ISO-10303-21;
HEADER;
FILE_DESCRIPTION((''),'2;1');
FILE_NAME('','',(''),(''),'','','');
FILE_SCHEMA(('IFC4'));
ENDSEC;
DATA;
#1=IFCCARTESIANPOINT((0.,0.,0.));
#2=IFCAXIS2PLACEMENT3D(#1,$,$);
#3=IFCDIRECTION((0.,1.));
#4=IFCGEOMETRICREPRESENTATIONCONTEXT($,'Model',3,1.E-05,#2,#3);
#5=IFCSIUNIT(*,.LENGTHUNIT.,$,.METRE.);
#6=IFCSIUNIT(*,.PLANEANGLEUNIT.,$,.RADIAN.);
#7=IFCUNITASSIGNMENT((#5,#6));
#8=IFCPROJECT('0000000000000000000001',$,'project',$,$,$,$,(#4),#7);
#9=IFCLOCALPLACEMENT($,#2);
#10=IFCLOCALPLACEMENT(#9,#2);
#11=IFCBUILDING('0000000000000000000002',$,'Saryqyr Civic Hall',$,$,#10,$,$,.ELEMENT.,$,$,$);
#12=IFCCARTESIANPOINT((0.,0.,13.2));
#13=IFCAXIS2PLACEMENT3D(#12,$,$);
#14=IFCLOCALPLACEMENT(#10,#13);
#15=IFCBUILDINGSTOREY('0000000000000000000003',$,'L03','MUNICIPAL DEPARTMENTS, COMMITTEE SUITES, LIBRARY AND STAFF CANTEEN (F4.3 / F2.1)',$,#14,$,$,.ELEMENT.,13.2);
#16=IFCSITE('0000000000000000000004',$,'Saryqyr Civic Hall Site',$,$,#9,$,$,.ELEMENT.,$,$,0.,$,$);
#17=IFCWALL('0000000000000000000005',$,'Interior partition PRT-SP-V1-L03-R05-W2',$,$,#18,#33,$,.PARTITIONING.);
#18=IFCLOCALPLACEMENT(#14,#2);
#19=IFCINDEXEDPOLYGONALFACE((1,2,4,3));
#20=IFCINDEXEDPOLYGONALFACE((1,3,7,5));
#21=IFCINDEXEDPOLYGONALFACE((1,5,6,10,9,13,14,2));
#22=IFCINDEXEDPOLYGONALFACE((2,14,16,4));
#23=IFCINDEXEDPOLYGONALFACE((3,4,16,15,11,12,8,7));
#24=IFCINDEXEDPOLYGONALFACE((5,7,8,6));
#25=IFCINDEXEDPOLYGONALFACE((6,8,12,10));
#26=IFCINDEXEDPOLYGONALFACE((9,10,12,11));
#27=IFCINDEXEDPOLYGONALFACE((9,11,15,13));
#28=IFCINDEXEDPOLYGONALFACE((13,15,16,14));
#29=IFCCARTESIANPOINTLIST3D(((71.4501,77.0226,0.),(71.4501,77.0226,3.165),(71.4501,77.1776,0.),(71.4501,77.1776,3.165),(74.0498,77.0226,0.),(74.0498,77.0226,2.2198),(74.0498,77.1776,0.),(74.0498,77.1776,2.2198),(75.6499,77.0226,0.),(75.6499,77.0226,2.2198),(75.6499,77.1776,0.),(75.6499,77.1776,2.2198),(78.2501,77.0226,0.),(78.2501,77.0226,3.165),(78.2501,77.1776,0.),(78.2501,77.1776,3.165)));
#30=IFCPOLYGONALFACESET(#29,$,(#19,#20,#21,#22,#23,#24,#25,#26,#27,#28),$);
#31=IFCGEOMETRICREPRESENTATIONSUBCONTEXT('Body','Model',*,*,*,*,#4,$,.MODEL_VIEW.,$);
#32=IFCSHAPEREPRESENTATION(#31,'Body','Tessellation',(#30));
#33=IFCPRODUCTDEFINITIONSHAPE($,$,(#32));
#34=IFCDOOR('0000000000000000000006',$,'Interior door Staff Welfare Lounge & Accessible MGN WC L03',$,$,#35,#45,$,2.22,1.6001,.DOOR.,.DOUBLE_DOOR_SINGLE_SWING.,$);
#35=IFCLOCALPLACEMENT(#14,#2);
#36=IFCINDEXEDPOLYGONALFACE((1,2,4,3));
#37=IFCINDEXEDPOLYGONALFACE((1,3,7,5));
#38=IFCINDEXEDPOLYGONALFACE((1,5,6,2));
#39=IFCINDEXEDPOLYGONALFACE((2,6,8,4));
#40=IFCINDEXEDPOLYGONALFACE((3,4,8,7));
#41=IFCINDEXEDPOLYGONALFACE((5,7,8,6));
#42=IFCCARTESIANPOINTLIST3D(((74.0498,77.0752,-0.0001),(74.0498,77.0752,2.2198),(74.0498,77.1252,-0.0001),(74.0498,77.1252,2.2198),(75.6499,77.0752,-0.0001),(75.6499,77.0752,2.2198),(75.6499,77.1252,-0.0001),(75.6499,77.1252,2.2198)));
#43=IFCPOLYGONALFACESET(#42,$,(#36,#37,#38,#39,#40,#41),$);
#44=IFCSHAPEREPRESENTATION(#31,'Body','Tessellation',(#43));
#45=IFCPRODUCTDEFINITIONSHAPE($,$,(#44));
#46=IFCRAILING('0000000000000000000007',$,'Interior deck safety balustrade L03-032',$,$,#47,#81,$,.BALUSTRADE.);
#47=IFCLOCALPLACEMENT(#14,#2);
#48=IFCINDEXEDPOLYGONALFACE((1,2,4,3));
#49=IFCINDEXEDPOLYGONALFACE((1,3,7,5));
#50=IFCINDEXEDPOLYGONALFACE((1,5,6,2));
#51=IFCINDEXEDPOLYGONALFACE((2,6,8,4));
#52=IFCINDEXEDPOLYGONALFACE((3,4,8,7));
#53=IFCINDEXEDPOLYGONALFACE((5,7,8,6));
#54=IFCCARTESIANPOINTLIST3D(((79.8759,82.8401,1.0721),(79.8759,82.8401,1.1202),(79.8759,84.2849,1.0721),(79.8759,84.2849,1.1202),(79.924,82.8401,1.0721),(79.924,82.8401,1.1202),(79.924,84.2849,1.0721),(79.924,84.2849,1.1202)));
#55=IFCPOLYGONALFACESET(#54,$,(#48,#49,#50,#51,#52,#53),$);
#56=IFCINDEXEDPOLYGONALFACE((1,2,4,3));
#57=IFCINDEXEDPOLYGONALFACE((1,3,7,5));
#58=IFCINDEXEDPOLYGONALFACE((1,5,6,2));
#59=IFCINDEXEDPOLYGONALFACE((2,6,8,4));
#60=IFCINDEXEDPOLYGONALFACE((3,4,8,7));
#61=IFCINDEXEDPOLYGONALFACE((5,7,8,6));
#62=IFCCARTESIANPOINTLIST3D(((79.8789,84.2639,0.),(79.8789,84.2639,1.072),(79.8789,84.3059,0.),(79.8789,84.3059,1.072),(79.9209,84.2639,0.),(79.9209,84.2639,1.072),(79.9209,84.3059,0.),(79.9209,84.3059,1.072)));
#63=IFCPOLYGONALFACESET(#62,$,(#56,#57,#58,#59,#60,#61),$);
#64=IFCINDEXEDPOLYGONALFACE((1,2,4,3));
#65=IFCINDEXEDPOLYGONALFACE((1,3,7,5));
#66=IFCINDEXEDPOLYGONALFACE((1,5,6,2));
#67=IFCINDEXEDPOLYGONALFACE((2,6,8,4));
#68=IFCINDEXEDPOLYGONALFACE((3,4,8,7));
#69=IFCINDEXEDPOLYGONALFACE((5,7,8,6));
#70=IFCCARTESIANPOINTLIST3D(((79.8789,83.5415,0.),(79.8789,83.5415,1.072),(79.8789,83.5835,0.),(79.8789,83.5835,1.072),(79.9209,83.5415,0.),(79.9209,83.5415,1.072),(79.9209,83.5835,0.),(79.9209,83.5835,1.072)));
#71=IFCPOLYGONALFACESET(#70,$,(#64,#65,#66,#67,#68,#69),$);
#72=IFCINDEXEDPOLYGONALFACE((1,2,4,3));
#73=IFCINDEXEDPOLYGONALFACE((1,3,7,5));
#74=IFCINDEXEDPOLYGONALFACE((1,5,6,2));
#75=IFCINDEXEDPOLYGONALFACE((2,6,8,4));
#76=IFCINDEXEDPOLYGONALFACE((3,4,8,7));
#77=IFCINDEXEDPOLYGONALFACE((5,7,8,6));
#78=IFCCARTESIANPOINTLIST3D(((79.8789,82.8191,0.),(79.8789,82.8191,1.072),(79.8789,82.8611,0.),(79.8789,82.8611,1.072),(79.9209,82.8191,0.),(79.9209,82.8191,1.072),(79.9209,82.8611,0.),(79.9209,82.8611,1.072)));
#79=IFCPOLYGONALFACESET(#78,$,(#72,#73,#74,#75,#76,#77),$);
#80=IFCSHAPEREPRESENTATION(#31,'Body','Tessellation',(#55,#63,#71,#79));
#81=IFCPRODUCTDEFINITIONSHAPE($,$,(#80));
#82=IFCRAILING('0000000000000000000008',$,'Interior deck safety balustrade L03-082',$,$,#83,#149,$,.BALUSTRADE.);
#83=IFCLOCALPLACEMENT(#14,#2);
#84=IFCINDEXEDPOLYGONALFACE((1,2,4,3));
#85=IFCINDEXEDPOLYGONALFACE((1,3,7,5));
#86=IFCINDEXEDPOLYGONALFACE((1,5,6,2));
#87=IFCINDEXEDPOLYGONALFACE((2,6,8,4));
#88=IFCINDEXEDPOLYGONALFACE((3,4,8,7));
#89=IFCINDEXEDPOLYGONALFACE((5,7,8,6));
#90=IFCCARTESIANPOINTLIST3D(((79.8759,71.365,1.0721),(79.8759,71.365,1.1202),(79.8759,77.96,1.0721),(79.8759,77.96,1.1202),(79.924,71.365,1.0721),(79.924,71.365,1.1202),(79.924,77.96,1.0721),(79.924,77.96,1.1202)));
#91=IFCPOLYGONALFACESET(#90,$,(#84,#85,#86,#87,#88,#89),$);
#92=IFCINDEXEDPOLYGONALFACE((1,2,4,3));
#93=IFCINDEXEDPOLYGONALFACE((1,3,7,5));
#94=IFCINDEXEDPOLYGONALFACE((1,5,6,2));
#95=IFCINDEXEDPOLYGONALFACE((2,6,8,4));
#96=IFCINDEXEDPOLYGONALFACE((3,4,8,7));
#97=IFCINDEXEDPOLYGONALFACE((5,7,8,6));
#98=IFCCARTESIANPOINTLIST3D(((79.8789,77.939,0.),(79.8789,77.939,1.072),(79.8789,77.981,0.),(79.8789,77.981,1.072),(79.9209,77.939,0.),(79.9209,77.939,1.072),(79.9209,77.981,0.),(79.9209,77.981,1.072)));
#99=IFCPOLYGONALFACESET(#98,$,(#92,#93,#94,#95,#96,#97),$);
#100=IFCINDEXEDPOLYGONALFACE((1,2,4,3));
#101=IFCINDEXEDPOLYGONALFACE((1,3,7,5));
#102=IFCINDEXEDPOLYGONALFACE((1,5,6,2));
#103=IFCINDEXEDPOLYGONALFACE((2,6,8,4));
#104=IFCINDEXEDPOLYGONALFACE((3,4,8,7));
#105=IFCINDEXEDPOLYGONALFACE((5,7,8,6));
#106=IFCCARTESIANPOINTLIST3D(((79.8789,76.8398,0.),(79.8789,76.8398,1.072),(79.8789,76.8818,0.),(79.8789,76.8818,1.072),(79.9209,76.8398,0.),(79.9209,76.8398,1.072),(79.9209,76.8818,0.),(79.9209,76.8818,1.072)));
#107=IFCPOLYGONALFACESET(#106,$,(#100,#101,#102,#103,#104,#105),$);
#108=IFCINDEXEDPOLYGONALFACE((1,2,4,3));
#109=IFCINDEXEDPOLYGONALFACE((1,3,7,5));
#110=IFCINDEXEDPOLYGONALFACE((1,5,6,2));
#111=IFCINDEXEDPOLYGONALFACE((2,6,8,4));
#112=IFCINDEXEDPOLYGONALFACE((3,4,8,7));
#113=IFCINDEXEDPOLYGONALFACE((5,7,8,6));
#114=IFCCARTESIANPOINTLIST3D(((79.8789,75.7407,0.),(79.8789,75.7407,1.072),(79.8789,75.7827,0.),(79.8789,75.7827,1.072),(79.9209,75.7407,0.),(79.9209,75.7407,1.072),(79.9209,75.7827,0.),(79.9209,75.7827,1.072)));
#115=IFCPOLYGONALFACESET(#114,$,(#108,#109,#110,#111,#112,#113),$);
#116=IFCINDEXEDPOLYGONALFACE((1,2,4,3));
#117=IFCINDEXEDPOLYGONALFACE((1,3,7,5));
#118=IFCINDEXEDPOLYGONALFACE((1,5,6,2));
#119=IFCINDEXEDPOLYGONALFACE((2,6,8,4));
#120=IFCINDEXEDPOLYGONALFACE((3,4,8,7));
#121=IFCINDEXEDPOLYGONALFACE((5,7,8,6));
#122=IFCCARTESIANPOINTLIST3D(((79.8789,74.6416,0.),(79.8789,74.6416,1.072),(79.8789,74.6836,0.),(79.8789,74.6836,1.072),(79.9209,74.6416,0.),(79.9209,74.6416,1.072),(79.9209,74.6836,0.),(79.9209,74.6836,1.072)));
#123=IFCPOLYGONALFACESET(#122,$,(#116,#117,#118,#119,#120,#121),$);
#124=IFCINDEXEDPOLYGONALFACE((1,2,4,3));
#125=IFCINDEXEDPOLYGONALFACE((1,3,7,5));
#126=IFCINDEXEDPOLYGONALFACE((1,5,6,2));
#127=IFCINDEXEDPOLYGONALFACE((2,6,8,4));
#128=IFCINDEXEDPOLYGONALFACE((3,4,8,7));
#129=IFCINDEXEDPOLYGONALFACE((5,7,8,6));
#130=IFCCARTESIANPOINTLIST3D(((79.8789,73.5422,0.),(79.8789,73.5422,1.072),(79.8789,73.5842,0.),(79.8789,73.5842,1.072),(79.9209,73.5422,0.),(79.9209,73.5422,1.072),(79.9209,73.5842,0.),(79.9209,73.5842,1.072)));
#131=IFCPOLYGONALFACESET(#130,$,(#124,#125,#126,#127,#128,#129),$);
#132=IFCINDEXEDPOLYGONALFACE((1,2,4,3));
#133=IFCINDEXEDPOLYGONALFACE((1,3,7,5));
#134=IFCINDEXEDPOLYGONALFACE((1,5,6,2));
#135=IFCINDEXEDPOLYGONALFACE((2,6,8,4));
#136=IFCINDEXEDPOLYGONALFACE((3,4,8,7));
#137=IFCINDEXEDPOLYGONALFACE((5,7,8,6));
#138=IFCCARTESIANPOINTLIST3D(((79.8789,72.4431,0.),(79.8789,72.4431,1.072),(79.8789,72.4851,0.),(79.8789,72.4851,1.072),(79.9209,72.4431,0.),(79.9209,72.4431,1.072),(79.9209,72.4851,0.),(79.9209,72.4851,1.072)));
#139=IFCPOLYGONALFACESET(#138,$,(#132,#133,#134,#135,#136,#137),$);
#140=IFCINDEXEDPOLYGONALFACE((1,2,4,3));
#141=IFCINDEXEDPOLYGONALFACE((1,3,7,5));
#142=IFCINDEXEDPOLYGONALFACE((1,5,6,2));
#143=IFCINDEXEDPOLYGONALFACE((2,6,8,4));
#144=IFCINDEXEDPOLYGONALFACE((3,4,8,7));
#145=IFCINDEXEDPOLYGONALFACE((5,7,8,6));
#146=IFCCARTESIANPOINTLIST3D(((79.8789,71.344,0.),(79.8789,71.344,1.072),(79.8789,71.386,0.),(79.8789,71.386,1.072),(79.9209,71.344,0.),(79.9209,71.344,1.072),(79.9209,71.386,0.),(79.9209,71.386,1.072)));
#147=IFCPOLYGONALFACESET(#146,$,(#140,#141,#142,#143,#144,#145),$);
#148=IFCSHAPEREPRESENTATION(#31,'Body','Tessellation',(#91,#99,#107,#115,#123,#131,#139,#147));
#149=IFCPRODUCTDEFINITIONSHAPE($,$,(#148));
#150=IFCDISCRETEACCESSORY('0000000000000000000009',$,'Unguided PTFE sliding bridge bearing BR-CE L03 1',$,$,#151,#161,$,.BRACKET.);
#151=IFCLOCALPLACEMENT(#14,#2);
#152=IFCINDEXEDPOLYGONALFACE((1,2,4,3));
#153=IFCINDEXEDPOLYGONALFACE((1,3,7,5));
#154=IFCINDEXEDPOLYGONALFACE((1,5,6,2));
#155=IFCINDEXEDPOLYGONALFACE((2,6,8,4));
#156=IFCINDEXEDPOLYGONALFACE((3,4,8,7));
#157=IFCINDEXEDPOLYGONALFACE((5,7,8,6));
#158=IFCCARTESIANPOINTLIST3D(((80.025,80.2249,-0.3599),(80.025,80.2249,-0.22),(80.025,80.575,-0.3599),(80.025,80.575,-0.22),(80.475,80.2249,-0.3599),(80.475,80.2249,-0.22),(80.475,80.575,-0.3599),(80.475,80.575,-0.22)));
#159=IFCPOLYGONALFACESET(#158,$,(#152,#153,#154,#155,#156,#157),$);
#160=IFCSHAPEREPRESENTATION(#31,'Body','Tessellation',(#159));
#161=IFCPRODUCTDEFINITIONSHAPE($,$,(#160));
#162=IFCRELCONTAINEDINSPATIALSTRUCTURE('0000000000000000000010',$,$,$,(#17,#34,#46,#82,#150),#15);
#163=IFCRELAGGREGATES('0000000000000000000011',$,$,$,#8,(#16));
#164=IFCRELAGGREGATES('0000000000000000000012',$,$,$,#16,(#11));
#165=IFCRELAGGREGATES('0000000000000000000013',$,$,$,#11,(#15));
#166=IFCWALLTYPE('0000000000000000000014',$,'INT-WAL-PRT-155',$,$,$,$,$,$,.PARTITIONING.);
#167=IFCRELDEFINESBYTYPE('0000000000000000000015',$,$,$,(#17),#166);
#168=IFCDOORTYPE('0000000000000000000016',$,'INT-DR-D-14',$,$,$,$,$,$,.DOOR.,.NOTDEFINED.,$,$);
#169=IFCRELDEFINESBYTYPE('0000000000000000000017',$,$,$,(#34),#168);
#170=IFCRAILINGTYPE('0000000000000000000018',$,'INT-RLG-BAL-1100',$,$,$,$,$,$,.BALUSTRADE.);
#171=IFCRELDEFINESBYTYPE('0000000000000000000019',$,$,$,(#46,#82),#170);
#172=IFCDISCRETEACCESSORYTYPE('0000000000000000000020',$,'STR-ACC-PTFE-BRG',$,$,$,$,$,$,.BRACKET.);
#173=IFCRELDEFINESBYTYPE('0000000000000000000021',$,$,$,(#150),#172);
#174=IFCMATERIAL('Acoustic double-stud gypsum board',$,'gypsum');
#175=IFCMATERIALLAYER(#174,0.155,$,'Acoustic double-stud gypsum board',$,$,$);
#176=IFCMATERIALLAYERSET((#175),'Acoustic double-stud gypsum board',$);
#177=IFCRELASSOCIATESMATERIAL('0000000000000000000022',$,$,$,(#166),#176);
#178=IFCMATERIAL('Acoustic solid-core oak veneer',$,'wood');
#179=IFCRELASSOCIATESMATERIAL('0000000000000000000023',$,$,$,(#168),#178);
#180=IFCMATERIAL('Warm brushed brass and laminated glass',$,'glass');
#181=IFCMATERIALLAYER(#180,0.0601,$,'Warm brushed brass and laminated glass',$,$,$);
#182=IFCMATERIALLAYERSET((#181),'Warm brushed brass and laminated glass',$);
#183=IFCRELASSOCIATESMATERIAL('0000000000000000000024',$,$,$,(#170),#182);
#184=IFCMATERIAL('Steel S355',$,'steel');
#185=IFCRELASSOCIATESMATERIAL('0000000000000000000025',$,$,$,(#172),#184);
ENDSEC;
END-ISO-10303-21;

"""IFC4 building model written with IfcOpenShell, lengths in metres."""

from ifc_helpers import new_model, si_unit, direction, frame, frame_2d, origin, origin_2d, place, context, subcontext, project, spatial, rectangle, extrude, material, layer, layer_set, type_object, element, fill, save


model = new_model("IFC4")

# Units and contexts
model_context = context("Model", 3, precision=1e-05, world=origin(), true_north=direction((0.0, 1.0)))
body_context = subcontext(model_context, "Body", "Model", "MODEL_VIEW")
ifc_project = project(units=[si_unit("LENGTHUNIT", "METRE"), si_unit("PLANEANGLEUNIT", "RADIAN")], contexts=[model_context])

# Site, building, storey
site_placement = place(None, origin())
site = spatial("IfcSite", under=ifc_project, at=site_placement, Name="Saryqyr Civic Hall Site", CompositionType="ELEMENT", RefElevation=0.0)
building_placement = place(site_placement, origin())
building = spatial("IfcBuilding", under=site, at=building_placement, Name="Saryqyr Civic Hall", CompositionType="ELEMENT")
storey_placement = place(building_placement, frame((0.0, 0.0, 13.2)))
storey = spatial("IfcBuildingStorey", under=building, at=storey_placement, Name="L03", Description="MUNICIPAL DEPARTMENTS, COMMITTEE SUITES, LIBRARY AND STAFF CANTEEN (F4.3 / F2.1)", CompositionType="ELEMENT", Elevation=13.2)

# Shared definitions
ifc_material_1 = material(Name="Steel S355", Category="steel")

# Wall, opening, door
ifc_material_2 = material(Name="Acoustic double-stud gypsum board", Category="gypsum")
ifc_layer_1 = layer(ifc_material_2, 0.155, Name="Acoustic double-stud gypsum board")
ifc_layer_set_1 = layer_set([ifc_layer_1], Name="Acoustic double-stud gypsum board")
wall_type = type_object("IfcWallType", Name="INT-WAL-PRT-155", PredefinedType="PARTITIONING", material=ifc_layer_set_1)
wall_placement = place(storey_placement, frame((78.25, 77.1001, 0.0), z_axis=(0.0, 0.0, 1.0), x_axis=(-1.0, 0.0, 0.0)))
wall = element("IfcWall", 1, at=wall_placement, inside=storey, type_object=wall_type, Name="Interior partition PRT-SP-V1-L03-R05-W2", PredefinedType="PARTITIONING", context=body_context, shape_type="SweptSolid", body=[
    extrude(rectangle(XDim=6.8, YDim=0.155, at=frame_2d((3.3999, 0.0))), origin(), (0.0, 0.0, 1.0), 3.165),
])
opening_placement = place(wall_placement, frame((2.6001, 0.0, 0.0)))
opening = element("IfcOpeningElement", 2, at=opening_placement, cuts=wall, PredefinedType="OPENING", context=body_context, shape_type="SweptSolid", body=[
    extrude(rectangle(XDim=1.6001, YDim=2.22, at=frame_2d((0.8, 1.1099))), frame((0.0, 0.0874, 0.0), z_axis=(0.0, -1.0, 0.0), x_axis=(1.0, 0.0, 0.0)), (0.0, 0.0, 1.0), 0.175),
])
ifc_material_3 = material(Name="Acoustic solid-core oak veneer", Category="wood")
door_type = type_object("IfcDoorType", Name="INT-DR-D-14", OperationType="NOTDEFINED", PredefinedType="DOOR", material=ifc_material_3)
door_placement = place(opening_placement, origin())
door = element("IfcDoor", 3, at=door_placement, inside=storey, type_object=door_type, Name="Interior door Staff Welfare Lounge & Accessible MGN WC L03", OperationType="DOUBLE_DOOR_SINGLE_SWING", OverallHeight=2.22, OverallWidth=1.6001, PredefinedType="DOOR", context=body_context, shape_type="SweptSolid", body=[
    extrude(rectangle(XDim=1.6001, YDim=2.22, at=frame_2d((0.8, 1.1099))), frame((0.0, 0.0249, 0.0), z_axis=(0.0, -1.0, 0.0), x_axis=(1.0, 0.0, 0.0)), (0.0, 0.0, 1.0), 0.05),
])
fill(opening, door)

# Railings
ifc_material_4 = material(Name="Warm brushed brass and laminated glass", Category="glass")
ifc_layer_2 = layer(ifc_material_4, 0.0601, Name="Warm brushed brass and laminated glass")
ifc_layer_set_2 = layer_set([ifc_layer_2], Name="Warm brushed brass and laminated glass")
railing_type = type_object("IfcRailingType", Name="INT-RLG-BAL-1100", PredefinedType="BALUSTRADE", material=ifc_layer_set_2)
railing_1_placement = place(storey_placement, frame((79.8999, 84.2849, 0.0)))
element("IfcRailing", 4, at=railing_1_placement, inside=storey, type_object=railing_type, Name="Interior deck safety balustrade L03-032", PredefinedType="BALUSTRADE", context=body_context, shape_type="SweptSolid", body=[
    extrude(rectangle(XDim=0.0481, YDim=0.0481, at=origin_2d()), frame((0.0, 0.0, 1.0962), z_axis=(0.0, -1.0, 0.0), x_axis=(1.0, 0.0, 0.0)), (0.0, 0.0, 1.0), 1.4448),
    extrude(rectangle(XDim=0.042, YDim=0.042, at=origin_2d()), origin(), (0.0, 0.0, 1.0), 1.072),
    extrude(rectangle(XDim=0.042, YDim=0.042, at=origin_2d()), frame((0.0, -0.7224, 0.0)), (0.0, 0.0, 1.0), 1.072),
    extrude(rectangle(XDim=0.042, YDim=0.042, at=origin_2d()), frame((0.0, -1.4448, 0.0)), (0.0, 0.0, 1.0), 1.072),
])
railing_2_placement = place(storey_placement, frame((79.8999, 77.96, 0.0)))
element("IfcRailing", 5, at=railing_2_placement, inside=storey, type_object=railing_type, Name="Interior deck safety balustrade L03-082", PredefinedType="BALUSTRADE", context=body_context, shape_type="SweptSolid", body=[
    extrude(rectangle(XDim=0.0481, YDim=0.0481, at=origin_2d()), frame((0.0, 0.0, 1.0962), z_axis=(0.0, -1.0, 0.0), x_axis=(1.0, 0.0, 0.0)), (0.0, 0.0, 1.0), 6.595),
    extrude(rectangle(XDim=0.042, YDim=0.042, at=origin_2d()), origin(), (0.0, 0.0, 1.0), 1.072),
    extrude(rectangle(XDim=0.042, YDim=0.042, at=origin_2d()), frame((0.0, -1.0991, 0.0)), (0.0, 0.0, 1.0), 1.072),
    extrude(rectangle(XDim=0.042, YDim=0.042, at=origin_2d()), frame((0.0, -2.1982, 0.0)), (0.0, 0.0, 1.0), 1.072),
    extrude(rectangle(XDim=0.042, YDim=0.042, at=origin_2d()), frame((0.0, -3.2974, 0.0)), (0.0, 0.0, 1.0), 1.072),
    extrude(rectangle(XDim=0.042, YDim=0.042, at=origin_2d()), frame((0.0, -4.3967, 0.0)), (0.0, 0.0, 1.0), 1.072),
    extrude(rectangle(XDim=0.042, YDim=0.042, at=origin_2d()), frame((0.0, -5.4958, 0.0)), (0.0, 0.0, 1.0), 1.072),
    extrude(rectangle(XDim=0.042, YDim=0.042, at=origin_2d()), frame((0.0, -6.595, 0.0)), (0.0, 0.0, 1.0), 1.072),
])

# Discrete accessory
discrete_accessory_type = type_object("IfcDiscreteAccessoryType", Name="STR-ACC-PTFE-BRG", PredefinedType="BRACKET", material=ifc_material_1)
discrete_accessory_placement = place(storey_placement, frame((80.25, 80.3999, -0.3599), z_axis=(0.0, 0.0, 1.0), x_axis=(1.0, 0.0, 0.0)))
element("IfcDiscreteAccessory", 6, at=discrete_accessory_placement, inside=storey, type_object=discrete_accessory_type, Name="Unguided PTFE sliding bridge bearing BR-CE L03 1", PredefinedType="BRACKET", context=body_context, shape_type="SweptSolid", body=[
    extrude(rectangle(XDim=0.45, YDim=0.3501, at=origin_2d()), origin(), (0.0, 0.0, 1.0), 0.1399),
])

save(model, "model.ifc")
